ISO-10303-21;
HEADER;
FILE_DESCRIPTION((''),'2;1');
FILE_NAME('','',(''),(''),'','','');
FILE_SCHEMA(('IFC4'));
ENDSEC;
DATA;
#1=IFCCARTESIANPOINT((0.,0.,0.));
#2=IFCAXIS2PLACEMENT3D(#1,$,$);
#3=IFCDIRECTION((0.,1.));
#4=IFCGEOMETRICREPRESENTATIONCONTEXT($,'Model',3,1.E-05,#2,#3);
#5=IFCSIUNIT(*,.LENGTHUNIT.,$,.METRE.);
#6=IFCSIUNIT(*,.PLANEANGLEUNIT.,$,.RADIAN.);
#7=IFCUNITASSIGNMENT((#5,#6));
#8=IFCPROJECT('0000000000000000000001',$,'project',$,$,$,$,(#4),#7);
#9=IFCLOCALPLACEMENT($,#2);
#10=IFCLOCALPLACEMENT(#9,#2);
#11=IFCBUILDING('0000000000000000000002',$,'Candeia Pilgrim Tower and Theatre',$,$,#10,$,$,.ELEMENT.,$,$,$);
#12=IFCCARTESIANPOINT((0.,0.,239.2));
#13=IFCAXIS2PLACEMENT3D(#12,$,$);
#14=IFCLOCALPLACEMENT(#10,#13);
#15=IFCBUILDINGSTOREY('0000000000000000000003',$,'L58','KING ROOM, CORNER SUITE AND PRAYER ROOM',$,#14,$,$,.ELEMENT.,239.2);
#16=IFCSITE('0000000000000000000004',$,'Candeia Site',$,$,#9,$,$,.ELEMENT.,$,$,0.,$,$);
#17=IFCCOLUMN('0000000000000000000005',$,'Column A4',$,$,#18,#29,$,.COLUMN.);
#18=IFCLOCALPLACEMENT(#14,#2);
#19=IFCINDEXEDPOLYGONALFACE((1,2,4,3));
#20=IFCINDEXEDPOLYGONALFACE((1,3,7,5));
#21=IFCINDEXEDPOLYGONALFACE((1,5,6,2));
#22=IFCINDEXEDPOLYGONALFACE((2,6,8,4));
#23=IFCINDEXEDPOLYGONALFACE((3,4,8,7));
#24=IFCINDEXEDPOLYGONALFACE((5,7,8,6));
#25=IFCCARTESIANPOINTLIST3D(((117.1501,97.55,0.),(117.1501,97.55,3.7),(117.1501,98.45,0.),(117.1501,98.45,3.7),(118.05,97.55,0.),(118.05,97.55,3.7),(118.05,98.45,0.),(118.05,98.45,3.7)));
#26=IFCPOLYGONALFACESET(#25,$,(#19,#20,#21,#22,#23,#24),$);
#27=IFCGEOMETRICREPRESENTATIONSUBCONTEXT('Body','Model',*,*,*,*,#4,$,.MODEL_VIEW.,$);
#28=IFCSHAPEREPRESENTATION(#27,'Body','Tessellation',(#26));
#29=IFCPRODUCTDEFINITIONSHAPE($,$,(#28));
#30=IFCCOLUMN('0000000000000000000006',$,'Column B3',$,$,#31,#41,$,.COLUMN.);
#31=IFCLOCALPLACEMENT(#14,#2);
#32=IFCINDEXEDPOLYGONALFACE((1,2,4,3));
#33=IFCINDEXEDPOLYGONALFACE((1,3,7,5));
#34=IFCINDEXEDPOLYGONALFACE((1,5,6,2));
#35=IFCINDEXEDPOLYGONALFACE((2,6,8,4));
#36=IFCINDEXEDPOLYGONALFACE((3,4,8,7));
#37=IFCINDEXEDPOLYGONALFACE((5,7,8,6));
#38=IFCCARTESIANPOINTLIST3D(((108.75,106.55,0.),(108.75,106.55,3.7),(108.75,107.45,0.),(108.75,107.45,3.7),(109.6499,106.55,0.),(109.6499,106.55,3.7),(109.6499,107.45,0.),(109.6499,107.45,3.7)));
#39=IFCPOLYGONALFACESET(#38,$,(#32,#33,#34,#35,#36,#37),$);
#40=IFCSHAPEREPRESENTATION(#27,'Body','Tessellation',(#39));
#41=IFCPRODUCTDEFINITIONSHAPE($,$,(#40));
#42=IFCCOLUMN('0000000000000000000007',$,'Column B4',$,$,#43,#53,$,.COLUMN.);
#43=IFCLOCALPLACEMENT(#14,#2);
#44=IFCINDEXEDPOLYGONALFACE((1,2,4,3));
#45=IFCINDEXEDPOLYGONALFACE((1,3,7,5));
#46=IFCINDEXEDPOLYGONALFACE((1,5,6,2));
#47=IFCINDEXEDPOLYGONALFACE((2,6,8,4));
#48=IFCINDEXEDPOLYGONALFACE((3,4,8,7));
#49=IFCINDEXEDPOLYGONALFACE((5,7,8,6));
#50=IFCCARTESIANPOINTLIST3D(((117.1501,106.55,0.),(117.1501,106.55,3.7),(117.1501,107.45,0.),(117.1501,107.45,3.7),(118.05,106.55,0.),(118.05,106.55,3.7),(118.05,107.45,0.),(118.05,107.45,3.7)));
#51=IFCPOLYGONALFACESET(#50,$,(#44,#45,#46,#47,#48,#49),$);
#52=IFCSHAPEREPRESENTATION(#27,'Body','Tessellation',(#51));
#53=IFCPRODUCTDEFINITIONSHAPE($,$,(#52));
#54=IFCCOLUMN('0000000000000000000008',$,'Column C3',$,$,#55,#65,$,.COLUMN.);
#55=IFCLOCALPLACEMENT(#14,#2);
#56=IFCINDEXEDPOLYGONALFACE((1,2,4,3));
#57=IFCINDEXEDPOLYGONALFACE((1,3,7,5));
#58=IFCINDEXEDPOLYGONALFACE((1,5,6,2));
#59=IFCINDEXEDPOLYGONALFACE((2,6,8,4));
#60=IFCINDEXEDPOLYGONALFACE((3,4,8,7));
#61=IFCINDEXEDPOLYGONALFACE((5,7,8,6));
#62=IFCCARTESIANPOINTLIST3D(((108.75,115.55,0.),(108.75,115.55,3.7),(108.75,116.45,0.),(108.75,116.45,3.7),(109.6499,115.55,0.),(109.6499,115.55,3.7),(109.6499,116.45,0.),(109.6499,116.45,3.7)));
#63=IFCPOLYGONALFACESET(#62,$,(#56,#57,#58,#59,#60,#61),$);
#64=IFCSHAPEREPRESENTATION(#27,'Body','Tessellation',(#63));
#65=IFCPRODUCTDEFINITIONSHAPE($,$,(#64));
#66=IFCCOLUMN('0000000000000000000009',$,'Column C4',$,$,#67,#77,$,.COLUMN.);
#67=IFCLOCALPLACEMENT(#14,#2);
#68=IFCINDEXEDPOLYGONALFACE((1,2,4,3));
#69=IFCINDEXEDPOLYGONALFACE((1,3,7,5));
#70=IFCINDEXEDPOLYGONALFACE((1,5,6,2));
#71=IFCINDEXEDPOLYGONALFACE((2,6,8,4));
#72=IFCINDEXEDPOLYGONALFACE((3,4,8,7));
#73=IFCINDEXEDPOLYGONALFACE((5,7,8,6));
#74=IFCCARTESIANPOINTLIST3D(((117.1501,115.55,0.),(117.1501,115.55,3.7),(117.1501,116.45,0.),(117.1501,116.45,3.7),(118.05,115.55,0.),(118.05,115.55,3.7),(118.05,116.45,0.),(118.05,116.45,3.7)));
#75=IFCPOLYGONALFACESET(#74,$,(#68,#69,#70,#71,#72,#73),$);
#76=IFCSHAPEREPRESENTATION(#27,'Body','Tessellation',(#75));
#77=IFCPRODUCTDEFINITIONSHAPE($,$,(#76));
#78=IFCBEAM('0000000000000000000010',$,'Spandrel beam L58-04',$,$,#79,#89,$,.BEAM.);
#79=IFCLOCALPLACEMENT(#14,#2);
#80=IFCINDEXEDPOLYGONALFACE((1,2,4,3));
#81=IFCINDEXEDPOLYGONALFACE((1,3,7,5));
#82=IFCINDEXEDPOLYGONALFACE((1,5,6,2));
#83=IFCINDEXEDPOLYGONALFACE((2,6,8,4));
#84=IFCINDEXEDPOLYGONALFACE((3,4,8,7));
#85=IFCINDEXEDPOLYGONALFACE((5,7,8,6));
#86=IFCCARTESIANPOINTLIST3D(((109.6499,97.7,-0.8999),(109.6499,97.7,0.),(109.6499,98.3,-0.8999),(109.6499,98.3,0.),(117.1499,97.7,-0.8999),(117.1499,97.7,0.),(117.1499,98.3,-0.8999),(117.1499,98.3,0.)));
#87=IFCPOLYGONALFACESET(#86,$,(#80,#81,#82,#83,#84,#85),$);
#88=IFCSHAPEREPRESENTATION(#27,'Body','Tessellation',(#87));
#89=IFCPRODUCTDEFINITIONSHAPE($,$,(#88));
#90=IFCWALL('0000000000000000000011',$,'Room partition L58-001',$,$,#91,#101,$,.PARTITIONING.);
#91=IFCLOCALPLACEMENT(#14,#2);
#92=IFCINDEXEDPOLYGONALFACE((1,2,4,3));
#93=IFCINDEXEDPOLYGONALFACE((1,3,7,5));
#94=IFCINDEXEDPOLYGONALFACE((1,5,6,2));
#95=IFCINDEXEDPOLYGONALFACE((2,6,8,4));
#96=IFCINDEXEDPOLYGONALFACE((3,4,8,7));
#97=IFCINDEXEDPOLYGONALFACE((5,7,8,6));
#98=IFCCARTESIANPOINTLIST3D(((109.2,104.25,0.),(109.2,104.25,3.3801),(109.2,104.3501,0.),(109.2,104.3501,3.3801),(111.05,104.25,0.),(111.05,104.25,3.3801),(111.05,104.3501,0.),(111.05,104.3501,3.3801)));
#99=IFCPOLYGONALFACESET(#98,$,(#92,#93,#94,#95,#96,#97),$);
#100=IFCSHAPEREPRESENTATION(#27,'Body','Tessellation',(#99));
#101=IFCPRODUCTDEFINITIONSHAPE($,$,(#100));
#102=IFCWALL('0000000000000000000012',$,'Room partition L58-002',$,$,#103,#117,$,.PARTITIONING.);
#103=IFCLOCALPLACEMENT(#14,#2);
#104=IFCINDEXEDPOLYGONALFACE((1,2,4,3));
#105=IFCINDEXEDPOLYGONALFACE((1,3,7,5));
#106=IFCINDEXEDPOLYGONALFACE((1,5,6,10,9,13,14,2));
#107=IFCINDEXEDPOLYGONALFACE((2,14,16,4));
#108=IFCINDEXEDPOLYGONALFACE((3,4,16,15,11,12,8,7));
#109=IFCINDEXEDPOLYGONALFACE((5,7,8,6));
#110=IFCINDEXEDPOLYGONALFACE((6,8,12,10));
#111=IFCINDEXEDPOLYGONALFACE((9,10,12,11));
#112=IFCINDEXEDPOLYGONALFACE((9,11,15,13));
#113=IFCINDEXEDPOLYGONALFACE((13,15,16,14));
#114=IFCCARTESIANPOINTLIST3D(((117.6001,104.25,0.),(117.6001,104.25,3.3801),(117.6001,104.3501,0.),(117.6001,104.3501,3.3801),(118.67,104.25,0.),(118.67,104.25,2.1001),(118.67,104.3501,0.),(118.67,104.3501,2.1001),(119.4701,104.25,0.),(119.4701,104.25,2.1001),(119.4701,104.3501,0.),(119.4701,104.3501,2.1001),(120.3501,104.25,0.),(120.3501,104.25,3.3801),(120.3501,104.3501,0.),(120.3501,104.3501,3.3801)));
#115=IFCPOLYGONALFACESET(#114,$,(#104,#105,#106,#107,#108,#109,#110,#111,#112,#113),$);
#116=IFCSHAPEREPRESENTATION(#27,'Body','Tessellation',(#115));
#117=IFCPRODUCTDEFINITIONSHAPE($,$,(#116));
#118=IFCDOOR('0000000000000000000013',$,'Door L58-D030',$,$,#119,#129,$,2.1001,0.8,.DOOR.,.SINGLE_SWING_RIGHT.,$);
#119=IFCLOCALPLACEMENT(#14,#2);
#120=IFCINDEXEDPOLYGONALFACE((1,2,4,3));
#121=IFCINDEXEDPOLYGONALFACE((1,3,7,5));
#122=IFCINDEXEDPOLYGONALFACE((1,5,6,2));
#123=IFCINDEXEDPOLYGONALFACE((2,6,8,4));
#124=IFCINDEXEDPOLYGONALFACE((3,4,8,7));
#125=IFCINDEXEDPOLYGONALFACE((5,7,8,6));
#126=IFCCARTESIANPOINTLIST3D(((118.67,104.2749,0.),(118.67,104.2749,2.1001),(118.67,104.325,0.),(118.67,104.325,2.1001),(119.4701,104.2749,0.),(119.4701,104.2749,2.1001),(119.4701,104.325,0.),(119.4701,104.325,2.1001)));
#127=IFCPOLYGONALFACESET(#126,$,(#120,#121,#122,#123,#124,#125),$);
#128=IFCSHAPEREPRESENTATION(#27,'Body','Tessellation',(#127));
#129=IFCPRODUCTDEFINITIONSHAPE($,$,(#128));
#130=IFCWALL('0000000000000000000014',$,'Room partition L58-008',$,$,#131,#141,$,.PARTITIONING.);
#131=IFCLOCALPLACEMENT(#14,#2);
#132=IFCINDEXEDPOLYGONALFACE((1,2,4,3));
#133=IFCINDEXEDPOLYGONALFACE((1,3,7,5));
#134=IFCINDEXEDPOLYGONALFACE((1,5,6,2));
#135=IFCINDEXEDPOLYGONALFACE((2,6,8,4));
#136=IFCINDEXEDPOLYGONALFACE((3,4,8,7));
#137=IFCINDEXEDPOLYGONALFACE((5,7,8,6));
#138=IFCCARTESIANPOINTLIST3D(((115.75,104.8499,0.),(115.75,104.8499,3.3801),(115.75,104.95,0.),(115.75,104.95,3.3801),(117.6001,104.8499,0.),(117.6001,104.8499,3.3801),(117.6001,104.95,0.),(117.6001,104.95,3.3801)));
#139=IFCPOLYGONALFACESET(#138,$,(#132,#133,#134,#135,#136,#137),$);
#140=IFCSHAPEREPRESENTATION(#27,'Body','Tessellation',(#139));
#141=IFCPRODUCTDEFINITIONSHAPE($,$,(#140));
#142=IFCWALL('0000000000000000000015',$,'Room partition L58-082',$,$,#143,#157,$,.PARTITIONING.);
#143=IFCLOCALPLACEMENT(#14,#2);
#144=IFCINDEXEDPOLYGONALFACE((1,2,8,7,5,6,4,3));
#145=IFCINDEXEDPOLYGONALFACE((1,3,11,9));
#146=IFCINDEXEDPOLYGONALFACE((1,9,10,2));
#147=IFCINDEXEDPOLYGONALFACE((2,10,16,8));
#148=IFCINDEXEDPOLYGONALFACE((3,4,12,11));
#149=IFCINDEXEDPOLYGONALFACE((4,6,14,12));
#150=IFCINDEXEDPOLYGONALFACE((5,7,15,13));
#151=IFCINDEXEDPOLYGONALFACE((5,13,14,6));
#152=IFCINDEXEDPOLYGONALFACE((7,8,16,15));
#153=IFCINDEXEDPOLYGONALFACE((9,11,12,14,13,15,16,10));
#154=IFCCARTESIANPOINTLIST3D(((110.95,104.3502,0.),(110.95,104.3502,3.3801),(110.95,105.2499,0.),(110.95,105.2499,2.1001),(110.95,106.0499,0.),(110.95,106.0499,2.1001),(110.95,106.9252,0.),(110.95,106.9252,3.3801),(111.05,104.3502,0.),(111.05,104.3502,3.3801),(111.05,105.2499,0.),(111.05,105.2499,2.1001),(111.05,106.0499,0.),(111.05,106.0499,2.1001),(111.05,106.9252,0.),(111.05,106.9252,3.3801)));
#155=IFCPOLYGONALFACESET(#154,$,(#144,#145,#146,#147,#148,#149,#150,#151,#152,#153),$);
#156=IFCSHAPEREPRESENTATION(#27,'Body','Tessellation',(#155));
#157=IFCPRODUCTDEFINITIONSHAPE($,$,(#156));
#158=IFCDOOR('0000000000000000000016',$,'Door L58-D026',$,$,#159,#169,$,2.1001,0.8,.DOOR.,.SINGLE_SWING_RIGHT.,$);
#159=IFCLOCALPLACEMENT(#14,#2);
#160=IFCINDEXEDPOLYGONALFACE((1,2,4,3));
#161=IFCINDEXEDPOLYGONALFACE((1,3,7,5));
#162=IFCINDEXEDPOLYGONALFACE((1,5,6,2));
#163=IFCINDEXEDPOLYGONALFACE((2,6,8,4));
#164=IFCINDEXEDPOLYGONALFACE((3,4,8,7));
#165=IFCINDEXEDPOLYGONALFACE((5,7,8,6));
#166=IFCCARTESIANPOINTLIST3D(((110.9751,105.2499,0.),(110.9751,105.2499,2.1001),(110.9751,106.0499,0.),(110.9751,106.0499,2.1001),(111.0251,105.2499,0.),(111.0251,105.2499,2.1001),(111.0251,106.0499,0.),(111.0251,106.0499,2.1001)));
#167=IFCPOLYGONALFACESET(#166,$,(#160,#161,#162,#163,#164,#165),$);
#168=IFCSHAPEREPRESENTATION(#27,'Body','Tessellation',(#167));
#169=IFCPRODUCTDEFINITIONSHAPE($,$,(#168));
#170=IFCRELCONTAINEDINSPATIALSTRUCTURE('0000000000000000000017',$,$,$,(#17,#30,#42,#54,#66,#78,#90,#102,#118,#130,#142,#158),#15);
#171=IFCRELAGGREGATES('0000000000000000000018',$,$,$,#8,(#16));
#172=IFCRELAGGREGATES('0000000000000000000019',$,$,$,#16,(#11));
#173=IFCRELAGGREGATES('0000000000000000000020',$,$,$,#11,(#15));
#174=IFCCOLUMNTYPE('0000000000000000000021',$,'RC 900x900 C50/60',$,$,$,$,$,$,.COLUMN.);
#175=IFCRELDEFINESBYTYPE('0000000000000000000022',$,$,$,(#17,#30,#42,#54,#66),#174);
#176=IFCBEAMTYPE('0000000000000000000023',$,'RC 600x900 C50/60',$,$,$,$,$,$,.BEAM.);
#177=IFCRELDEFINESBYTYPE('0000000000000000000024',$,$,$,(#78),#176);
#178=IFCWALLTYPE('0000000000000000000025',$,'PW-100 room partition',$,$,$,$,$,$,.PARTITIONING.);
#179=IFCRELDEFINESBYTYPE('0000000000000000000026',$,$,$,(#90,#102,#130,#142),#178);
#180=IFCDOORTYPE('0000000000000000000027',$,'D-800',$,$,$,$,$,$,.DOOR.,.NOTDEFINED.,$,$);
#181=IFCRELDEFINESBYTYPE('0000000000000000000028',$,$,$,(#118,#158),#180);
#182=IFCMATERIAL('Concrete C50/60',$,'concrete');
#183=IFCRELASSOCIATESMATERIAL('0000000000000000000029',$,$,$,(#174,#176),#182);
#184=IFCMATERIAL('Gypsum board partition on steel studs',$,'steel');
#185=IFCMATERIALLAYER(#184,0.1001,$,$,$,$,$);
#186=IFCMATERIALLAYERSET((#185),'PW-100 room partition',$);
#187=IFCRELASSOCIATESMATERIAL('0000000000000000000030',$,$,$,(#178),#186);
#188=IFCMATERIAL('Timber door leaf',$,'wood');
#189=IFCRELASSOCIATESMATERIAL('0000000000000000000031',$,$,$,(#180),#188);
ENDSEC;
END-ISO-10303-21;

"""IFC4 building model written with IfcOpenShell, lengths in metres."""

from ifc_helpers import new_model, si_unit, direction, frame, frame_2d, origin, origin_2d, place, context, subcontext, project, spatial, rectangle, extrude, material, layer, layer_set, material_profile, profile_set, type_object, element, fill, save


model = new_model("IFC4")

# Units and contexts
model_context = context("Model", 3, precision=1e-05, world=origin(), true_north=direction((0.0, 1.0)))
body_context = subcontext(model_context, "Body", "Model", "MODEL_VIEW")
ifc_project = project(units=[si_unit("LENGTHUNIT", "METRE"), si_unit("PLANEANGLEUNIT", "RADIAN")], contexts=[model_context])

# Site, building, storey
site_placement = place(None, origin())
site = spatial("IfcSite", under=ifc_project, at=site_placement, Name="Candeia Site", CompositionType="ELEMENT", RefElevation=0.0)
building_placement = place(site_placement, origin())
building = spatial("IfcBuilding", under=site, at=building_placement, Name="Candeia Pilgrim Tower and Theatre", CompositionType="ELEMENT")
storey_placement = place(building_placement, frame((0.0, 0.0, 239.2)))
storey = spatial("IfcBuildingStorey", under=building, at=storey_placement, Name="L58", Description="KING ROOM, CORNER SUITE AND PRAYER ROOM", CompositionType="ELEMENT", Elevation=239.2)

# Columns
ifc_material_1 = material(Name="Concrete C50/60", Category="concrete")
ifc_material_profile_1 = material_profile(ifc_material_1, rectangle(XDim=0.8999, YDim=0.8999, at=origin_2d()))
ifc_profile_set_1 = profile_set([ifc_material_profile_1], Name="Concrete C50/60")
column_type = type_object("IfcColumnType", Name="RC 900x900 C50/60", PredefinedType="COLUMN", material=ifc_profile_set_1)
for number, where, z_axis, x_axis, name in (
    (1, (117.6001, 98.0, 0.0), (0.0, 0.0, 1.0), (1.0, 0.0, 0.0), "Column A4"),
    (2, (109.2, 107.0, 0.0), (0.0, 0.0, 1.0), (1.0, 0.0, 0.0), "Column B3"),
    (3, (117.6001, 107.0, 0.0), (0.0, 0.0, 1.0), (1.0, 0.0, 0.0), "Column B4"),
    (4, (109.2, 116.0, 0.0), (0.0, 0.0, 1.0), (1.0, 0.0, 0.0), "Column C3"),
    (5, (117.6001, 116.0, 0.0), (0.0, 0.0, 1.0), (1.0, 0.0, 0.0), "Column C4"),
):
    element("IfcColumn", number, at=place(storey_placement, frame(where, z_axis=z_axis, x_axis=x_axis)), inside=storey, type_object=column_type, Name=name, PredefinedType="COLUMN", context=body_context, shape_type="SweptSolid", body=[
        extrude(rectangle(XDim=0.8999, YDim=0.8999, at=origin_2d()), origin(), (0.0, 0.0, 1.0), 3.7),
    ])

# Beam
ifc_material_profile_2 = material_profile(ifc_material_1, rectangle(XDim=0.6001, YDim=0.8999, at=origin_2d()))
ifc_profile_set_2 = profile_set([ifc_material_profile_2], Name="Concrete C50/60")
beam_type = type_object("IfcBeamType", Name="RC 600x900 C50/60", PredefinedType="BEAM", material=ifc_profile_set_2)
beam_placement = place(storey_placement, frame((109.6499, 98.0, -0.45), z_axis=(1.0, 0.0, 0.0), x_axis=(0.0, 1.0, 0.0)))
element("IfcBeam", 6, at=beam_placement, inside=storey, type_object=beam_type, Name="Spandrel beam L58-04", PredefinedType="BEAM", context=body_context, shape_type="SweptSolid", body=[
    extrude(rectangle(XDim=0.6001, YDim=0.8999, at=origin_2d()), origin(), (0.0, 0.0, 1.0), 7.5),
])

# Wall
ifc_material_2 = material(Name="Gypsum board partition on steel studs", Category="steel")
ifc_layer_1 = layer(ifc_material_2, 0.1001)
ifc_layer_set_1 = layer_set([ifc_layer_1], Name="PW-100 room partition")
wall_type_1 = type_object("IfcWallType", Name="PW-100 room partition", PredefinedType="PARTITIONING", material=ifc_layer_set_1)
wall_1_placement = place(storey_placement, frame((109.2, 104.3, 0.0), z_axis=(0.0, 0.0, 1.0), x_axis=(1.0, 0.0, 0.0)))
element("IfcWall", 7, at=wall_1_placement, inside=storey, type_object=wall_type_1, Name="Room partition L58-001", PredefinedType="PARTITIONING", context=body_context, shape_type="SweptSolid", body=[
    extrude(rectangle(XDim=1.8501, YDim=0.1001, at=frame_2d((0.925, 0.0))), origin(), (0.0, 0.0, 1.0), 3.3801),
])

# Wall, opening, door
wall_2_placement = place(storey_placement, frame((117.6001, 104.3, 0.0), z_axis=(0.0, 0.0, 1.0), x_axis=(1.0, 0.0, 0.0)))
wall_2 = element("IfcWall", 8, at=wall_2_placement, inside=storey, type_object=wall_type_1, Name="Room partition L58-002", PredefinedType="PARTITIONING", context=body_context, shape_type="SweptSolid", body=[
    extrude(rectangle(XDim=2.75, YDim=0.1001, at=frame_2d((1.375, 0.0))), origin(), (0.0, 0.0, 1.0), 3.3801),
])
opening_1_placement = place(wall_2_placement, frame((1.0701, 0.0, 0.0)))
opening_1 = element("IfcOpeningElement", 9, at=opening_1_placement, cuts=wall_2, PredefinedType="OPENING", context=body_context, shape_type="SweptSolid", body=[
    extrude(rectangle(XDim=0.8, YDim=2.1001, at=frame_2d((0.3999, 1.05))), frame((0.0, 0.0601, 0.0), z_axis=(0.0, -1.0, 0.0), x_axis=(1.0, 0.0, 0.0)), (0.0, 0.0, 1.0), 0.1201),
])
ifc_material_3 = material(Name="Timber door leaf", Category="wood")
door_type = type_object("IfcDoorType", Name="D-800", OperationType="NOTDEFINED", PredefinedType="DOOR", material=ifc_material_3)
door_1_placement = place(opening_1_placement, origin())
door_1 = element("IfcDoor", 10, at=door_1_placement, inside=storey, type_object=door_type, Name="Door L58-D030", OperationType="SINGLE_SWING_RIGHT", OverallHeight=2.1001, OverallWidth=0.8, PredefinedType="DOOR", context=body_context, shape_type="SweptSolid", body=[
    extrude(rectangle(XDim=0.8, YDim=2.1001, at=frame_2d((0.3999, 1.05))), frame((0.0, 0.0249, 0.0), z_axis=(0.0, -1.0, 0.0), x_axis=(1.0, 0.0, 0.0)), (0.0, 0.0, 1.0), 0.05),
])
fill(opening_1, door_1)

# Wall
wall_3_placement = place(storey_placement, frame((115.75, 104.8999, 0.0), z_axis=(0.0, 0.0, 1.0), x_axis=(1.0, 0.0, 0.0)))
element("IfcWall", 11, at=wall_3_placement, inside=storey, type_object=wall_type_1, Name="Room partition L58-008", PredefinedType="PARTITIONING", context=body_context, shape_type="SweptSolid", body=[
    extrude(rectangle(XDim=1.8501, YDim=0.1001, at=frame_2d((0.925, 0.0))), origin(), (0.0, 0.0, 1.0), 3.3801),
])

# Wall, opening, door
wall_4_placement = place(storey_placement, frame((111.0, 104.3501, 0.0), z_axis=(0.0, 0.0, 1.0), x_axis=(0.0, 1.0, 0.0)))
wall_4 = element("IfcWall", 12, at=wall_4_placement, inside=storey, type_object=wall_type_1, Name="Room partition L58-082", PredefinedType="PARTITIONING", context=body_context, shape_type="SweptSolid", body=[
    extrude(rectangle(XDim=2.575, YDim=0.1001, at=frame_2d((1.2876, 0.0))), origin(), (0.0, 0.0, 1.0), 3.3801),
])
opening_2_placement = place(wall_4_placement, frame((0.8999, 0.0, 0.0)))
opening_2 = element("IfcOpeningElement", 13, at=opening_2_placement, cuts=wall_4, PredefinedType="OPENING", context=body_context, shape_type="SweptSolid", body=[
    extrude(rectangle(XDim=0.8, YDim=2.1001, at=frame_2d((0.3999, 1.05))), frame((0.0, 0.0601, 0.0), z_axis=(0.0, -1.0, 0.0), x_axis=(1.0, 0.0, 0.0)), (0.0, 0.0, 1.0), 0.1201),
])
door_2_placement = place(opening_2_placement, origin())
door_2 = element("IfcDoor", 14, at=door_2_placement, inside=storey, type_object=door_type, Name="Door L58-D026", OperationType="SINGLE_SWING_RIGHT", OverallHeight=2.1001, OverallWidth=0.8, PredefinedType="DOOR", context=body_context, shape_type="SweptSolid", body=[
    extrude(rectangle(XDim=0.8, YDim=2.1001, at=frame_2d((0.3999, 1.05))), frame((0.0, 0.0249, 0.0), z_axis=(0.0, -1.0, 0.0), x_axis=(1.0, 0.0, 0.0)), (0.0, 0.0, 1.0), 0.05),
])
fill(opening_2, door_2)

save(model, "model.ifc")
